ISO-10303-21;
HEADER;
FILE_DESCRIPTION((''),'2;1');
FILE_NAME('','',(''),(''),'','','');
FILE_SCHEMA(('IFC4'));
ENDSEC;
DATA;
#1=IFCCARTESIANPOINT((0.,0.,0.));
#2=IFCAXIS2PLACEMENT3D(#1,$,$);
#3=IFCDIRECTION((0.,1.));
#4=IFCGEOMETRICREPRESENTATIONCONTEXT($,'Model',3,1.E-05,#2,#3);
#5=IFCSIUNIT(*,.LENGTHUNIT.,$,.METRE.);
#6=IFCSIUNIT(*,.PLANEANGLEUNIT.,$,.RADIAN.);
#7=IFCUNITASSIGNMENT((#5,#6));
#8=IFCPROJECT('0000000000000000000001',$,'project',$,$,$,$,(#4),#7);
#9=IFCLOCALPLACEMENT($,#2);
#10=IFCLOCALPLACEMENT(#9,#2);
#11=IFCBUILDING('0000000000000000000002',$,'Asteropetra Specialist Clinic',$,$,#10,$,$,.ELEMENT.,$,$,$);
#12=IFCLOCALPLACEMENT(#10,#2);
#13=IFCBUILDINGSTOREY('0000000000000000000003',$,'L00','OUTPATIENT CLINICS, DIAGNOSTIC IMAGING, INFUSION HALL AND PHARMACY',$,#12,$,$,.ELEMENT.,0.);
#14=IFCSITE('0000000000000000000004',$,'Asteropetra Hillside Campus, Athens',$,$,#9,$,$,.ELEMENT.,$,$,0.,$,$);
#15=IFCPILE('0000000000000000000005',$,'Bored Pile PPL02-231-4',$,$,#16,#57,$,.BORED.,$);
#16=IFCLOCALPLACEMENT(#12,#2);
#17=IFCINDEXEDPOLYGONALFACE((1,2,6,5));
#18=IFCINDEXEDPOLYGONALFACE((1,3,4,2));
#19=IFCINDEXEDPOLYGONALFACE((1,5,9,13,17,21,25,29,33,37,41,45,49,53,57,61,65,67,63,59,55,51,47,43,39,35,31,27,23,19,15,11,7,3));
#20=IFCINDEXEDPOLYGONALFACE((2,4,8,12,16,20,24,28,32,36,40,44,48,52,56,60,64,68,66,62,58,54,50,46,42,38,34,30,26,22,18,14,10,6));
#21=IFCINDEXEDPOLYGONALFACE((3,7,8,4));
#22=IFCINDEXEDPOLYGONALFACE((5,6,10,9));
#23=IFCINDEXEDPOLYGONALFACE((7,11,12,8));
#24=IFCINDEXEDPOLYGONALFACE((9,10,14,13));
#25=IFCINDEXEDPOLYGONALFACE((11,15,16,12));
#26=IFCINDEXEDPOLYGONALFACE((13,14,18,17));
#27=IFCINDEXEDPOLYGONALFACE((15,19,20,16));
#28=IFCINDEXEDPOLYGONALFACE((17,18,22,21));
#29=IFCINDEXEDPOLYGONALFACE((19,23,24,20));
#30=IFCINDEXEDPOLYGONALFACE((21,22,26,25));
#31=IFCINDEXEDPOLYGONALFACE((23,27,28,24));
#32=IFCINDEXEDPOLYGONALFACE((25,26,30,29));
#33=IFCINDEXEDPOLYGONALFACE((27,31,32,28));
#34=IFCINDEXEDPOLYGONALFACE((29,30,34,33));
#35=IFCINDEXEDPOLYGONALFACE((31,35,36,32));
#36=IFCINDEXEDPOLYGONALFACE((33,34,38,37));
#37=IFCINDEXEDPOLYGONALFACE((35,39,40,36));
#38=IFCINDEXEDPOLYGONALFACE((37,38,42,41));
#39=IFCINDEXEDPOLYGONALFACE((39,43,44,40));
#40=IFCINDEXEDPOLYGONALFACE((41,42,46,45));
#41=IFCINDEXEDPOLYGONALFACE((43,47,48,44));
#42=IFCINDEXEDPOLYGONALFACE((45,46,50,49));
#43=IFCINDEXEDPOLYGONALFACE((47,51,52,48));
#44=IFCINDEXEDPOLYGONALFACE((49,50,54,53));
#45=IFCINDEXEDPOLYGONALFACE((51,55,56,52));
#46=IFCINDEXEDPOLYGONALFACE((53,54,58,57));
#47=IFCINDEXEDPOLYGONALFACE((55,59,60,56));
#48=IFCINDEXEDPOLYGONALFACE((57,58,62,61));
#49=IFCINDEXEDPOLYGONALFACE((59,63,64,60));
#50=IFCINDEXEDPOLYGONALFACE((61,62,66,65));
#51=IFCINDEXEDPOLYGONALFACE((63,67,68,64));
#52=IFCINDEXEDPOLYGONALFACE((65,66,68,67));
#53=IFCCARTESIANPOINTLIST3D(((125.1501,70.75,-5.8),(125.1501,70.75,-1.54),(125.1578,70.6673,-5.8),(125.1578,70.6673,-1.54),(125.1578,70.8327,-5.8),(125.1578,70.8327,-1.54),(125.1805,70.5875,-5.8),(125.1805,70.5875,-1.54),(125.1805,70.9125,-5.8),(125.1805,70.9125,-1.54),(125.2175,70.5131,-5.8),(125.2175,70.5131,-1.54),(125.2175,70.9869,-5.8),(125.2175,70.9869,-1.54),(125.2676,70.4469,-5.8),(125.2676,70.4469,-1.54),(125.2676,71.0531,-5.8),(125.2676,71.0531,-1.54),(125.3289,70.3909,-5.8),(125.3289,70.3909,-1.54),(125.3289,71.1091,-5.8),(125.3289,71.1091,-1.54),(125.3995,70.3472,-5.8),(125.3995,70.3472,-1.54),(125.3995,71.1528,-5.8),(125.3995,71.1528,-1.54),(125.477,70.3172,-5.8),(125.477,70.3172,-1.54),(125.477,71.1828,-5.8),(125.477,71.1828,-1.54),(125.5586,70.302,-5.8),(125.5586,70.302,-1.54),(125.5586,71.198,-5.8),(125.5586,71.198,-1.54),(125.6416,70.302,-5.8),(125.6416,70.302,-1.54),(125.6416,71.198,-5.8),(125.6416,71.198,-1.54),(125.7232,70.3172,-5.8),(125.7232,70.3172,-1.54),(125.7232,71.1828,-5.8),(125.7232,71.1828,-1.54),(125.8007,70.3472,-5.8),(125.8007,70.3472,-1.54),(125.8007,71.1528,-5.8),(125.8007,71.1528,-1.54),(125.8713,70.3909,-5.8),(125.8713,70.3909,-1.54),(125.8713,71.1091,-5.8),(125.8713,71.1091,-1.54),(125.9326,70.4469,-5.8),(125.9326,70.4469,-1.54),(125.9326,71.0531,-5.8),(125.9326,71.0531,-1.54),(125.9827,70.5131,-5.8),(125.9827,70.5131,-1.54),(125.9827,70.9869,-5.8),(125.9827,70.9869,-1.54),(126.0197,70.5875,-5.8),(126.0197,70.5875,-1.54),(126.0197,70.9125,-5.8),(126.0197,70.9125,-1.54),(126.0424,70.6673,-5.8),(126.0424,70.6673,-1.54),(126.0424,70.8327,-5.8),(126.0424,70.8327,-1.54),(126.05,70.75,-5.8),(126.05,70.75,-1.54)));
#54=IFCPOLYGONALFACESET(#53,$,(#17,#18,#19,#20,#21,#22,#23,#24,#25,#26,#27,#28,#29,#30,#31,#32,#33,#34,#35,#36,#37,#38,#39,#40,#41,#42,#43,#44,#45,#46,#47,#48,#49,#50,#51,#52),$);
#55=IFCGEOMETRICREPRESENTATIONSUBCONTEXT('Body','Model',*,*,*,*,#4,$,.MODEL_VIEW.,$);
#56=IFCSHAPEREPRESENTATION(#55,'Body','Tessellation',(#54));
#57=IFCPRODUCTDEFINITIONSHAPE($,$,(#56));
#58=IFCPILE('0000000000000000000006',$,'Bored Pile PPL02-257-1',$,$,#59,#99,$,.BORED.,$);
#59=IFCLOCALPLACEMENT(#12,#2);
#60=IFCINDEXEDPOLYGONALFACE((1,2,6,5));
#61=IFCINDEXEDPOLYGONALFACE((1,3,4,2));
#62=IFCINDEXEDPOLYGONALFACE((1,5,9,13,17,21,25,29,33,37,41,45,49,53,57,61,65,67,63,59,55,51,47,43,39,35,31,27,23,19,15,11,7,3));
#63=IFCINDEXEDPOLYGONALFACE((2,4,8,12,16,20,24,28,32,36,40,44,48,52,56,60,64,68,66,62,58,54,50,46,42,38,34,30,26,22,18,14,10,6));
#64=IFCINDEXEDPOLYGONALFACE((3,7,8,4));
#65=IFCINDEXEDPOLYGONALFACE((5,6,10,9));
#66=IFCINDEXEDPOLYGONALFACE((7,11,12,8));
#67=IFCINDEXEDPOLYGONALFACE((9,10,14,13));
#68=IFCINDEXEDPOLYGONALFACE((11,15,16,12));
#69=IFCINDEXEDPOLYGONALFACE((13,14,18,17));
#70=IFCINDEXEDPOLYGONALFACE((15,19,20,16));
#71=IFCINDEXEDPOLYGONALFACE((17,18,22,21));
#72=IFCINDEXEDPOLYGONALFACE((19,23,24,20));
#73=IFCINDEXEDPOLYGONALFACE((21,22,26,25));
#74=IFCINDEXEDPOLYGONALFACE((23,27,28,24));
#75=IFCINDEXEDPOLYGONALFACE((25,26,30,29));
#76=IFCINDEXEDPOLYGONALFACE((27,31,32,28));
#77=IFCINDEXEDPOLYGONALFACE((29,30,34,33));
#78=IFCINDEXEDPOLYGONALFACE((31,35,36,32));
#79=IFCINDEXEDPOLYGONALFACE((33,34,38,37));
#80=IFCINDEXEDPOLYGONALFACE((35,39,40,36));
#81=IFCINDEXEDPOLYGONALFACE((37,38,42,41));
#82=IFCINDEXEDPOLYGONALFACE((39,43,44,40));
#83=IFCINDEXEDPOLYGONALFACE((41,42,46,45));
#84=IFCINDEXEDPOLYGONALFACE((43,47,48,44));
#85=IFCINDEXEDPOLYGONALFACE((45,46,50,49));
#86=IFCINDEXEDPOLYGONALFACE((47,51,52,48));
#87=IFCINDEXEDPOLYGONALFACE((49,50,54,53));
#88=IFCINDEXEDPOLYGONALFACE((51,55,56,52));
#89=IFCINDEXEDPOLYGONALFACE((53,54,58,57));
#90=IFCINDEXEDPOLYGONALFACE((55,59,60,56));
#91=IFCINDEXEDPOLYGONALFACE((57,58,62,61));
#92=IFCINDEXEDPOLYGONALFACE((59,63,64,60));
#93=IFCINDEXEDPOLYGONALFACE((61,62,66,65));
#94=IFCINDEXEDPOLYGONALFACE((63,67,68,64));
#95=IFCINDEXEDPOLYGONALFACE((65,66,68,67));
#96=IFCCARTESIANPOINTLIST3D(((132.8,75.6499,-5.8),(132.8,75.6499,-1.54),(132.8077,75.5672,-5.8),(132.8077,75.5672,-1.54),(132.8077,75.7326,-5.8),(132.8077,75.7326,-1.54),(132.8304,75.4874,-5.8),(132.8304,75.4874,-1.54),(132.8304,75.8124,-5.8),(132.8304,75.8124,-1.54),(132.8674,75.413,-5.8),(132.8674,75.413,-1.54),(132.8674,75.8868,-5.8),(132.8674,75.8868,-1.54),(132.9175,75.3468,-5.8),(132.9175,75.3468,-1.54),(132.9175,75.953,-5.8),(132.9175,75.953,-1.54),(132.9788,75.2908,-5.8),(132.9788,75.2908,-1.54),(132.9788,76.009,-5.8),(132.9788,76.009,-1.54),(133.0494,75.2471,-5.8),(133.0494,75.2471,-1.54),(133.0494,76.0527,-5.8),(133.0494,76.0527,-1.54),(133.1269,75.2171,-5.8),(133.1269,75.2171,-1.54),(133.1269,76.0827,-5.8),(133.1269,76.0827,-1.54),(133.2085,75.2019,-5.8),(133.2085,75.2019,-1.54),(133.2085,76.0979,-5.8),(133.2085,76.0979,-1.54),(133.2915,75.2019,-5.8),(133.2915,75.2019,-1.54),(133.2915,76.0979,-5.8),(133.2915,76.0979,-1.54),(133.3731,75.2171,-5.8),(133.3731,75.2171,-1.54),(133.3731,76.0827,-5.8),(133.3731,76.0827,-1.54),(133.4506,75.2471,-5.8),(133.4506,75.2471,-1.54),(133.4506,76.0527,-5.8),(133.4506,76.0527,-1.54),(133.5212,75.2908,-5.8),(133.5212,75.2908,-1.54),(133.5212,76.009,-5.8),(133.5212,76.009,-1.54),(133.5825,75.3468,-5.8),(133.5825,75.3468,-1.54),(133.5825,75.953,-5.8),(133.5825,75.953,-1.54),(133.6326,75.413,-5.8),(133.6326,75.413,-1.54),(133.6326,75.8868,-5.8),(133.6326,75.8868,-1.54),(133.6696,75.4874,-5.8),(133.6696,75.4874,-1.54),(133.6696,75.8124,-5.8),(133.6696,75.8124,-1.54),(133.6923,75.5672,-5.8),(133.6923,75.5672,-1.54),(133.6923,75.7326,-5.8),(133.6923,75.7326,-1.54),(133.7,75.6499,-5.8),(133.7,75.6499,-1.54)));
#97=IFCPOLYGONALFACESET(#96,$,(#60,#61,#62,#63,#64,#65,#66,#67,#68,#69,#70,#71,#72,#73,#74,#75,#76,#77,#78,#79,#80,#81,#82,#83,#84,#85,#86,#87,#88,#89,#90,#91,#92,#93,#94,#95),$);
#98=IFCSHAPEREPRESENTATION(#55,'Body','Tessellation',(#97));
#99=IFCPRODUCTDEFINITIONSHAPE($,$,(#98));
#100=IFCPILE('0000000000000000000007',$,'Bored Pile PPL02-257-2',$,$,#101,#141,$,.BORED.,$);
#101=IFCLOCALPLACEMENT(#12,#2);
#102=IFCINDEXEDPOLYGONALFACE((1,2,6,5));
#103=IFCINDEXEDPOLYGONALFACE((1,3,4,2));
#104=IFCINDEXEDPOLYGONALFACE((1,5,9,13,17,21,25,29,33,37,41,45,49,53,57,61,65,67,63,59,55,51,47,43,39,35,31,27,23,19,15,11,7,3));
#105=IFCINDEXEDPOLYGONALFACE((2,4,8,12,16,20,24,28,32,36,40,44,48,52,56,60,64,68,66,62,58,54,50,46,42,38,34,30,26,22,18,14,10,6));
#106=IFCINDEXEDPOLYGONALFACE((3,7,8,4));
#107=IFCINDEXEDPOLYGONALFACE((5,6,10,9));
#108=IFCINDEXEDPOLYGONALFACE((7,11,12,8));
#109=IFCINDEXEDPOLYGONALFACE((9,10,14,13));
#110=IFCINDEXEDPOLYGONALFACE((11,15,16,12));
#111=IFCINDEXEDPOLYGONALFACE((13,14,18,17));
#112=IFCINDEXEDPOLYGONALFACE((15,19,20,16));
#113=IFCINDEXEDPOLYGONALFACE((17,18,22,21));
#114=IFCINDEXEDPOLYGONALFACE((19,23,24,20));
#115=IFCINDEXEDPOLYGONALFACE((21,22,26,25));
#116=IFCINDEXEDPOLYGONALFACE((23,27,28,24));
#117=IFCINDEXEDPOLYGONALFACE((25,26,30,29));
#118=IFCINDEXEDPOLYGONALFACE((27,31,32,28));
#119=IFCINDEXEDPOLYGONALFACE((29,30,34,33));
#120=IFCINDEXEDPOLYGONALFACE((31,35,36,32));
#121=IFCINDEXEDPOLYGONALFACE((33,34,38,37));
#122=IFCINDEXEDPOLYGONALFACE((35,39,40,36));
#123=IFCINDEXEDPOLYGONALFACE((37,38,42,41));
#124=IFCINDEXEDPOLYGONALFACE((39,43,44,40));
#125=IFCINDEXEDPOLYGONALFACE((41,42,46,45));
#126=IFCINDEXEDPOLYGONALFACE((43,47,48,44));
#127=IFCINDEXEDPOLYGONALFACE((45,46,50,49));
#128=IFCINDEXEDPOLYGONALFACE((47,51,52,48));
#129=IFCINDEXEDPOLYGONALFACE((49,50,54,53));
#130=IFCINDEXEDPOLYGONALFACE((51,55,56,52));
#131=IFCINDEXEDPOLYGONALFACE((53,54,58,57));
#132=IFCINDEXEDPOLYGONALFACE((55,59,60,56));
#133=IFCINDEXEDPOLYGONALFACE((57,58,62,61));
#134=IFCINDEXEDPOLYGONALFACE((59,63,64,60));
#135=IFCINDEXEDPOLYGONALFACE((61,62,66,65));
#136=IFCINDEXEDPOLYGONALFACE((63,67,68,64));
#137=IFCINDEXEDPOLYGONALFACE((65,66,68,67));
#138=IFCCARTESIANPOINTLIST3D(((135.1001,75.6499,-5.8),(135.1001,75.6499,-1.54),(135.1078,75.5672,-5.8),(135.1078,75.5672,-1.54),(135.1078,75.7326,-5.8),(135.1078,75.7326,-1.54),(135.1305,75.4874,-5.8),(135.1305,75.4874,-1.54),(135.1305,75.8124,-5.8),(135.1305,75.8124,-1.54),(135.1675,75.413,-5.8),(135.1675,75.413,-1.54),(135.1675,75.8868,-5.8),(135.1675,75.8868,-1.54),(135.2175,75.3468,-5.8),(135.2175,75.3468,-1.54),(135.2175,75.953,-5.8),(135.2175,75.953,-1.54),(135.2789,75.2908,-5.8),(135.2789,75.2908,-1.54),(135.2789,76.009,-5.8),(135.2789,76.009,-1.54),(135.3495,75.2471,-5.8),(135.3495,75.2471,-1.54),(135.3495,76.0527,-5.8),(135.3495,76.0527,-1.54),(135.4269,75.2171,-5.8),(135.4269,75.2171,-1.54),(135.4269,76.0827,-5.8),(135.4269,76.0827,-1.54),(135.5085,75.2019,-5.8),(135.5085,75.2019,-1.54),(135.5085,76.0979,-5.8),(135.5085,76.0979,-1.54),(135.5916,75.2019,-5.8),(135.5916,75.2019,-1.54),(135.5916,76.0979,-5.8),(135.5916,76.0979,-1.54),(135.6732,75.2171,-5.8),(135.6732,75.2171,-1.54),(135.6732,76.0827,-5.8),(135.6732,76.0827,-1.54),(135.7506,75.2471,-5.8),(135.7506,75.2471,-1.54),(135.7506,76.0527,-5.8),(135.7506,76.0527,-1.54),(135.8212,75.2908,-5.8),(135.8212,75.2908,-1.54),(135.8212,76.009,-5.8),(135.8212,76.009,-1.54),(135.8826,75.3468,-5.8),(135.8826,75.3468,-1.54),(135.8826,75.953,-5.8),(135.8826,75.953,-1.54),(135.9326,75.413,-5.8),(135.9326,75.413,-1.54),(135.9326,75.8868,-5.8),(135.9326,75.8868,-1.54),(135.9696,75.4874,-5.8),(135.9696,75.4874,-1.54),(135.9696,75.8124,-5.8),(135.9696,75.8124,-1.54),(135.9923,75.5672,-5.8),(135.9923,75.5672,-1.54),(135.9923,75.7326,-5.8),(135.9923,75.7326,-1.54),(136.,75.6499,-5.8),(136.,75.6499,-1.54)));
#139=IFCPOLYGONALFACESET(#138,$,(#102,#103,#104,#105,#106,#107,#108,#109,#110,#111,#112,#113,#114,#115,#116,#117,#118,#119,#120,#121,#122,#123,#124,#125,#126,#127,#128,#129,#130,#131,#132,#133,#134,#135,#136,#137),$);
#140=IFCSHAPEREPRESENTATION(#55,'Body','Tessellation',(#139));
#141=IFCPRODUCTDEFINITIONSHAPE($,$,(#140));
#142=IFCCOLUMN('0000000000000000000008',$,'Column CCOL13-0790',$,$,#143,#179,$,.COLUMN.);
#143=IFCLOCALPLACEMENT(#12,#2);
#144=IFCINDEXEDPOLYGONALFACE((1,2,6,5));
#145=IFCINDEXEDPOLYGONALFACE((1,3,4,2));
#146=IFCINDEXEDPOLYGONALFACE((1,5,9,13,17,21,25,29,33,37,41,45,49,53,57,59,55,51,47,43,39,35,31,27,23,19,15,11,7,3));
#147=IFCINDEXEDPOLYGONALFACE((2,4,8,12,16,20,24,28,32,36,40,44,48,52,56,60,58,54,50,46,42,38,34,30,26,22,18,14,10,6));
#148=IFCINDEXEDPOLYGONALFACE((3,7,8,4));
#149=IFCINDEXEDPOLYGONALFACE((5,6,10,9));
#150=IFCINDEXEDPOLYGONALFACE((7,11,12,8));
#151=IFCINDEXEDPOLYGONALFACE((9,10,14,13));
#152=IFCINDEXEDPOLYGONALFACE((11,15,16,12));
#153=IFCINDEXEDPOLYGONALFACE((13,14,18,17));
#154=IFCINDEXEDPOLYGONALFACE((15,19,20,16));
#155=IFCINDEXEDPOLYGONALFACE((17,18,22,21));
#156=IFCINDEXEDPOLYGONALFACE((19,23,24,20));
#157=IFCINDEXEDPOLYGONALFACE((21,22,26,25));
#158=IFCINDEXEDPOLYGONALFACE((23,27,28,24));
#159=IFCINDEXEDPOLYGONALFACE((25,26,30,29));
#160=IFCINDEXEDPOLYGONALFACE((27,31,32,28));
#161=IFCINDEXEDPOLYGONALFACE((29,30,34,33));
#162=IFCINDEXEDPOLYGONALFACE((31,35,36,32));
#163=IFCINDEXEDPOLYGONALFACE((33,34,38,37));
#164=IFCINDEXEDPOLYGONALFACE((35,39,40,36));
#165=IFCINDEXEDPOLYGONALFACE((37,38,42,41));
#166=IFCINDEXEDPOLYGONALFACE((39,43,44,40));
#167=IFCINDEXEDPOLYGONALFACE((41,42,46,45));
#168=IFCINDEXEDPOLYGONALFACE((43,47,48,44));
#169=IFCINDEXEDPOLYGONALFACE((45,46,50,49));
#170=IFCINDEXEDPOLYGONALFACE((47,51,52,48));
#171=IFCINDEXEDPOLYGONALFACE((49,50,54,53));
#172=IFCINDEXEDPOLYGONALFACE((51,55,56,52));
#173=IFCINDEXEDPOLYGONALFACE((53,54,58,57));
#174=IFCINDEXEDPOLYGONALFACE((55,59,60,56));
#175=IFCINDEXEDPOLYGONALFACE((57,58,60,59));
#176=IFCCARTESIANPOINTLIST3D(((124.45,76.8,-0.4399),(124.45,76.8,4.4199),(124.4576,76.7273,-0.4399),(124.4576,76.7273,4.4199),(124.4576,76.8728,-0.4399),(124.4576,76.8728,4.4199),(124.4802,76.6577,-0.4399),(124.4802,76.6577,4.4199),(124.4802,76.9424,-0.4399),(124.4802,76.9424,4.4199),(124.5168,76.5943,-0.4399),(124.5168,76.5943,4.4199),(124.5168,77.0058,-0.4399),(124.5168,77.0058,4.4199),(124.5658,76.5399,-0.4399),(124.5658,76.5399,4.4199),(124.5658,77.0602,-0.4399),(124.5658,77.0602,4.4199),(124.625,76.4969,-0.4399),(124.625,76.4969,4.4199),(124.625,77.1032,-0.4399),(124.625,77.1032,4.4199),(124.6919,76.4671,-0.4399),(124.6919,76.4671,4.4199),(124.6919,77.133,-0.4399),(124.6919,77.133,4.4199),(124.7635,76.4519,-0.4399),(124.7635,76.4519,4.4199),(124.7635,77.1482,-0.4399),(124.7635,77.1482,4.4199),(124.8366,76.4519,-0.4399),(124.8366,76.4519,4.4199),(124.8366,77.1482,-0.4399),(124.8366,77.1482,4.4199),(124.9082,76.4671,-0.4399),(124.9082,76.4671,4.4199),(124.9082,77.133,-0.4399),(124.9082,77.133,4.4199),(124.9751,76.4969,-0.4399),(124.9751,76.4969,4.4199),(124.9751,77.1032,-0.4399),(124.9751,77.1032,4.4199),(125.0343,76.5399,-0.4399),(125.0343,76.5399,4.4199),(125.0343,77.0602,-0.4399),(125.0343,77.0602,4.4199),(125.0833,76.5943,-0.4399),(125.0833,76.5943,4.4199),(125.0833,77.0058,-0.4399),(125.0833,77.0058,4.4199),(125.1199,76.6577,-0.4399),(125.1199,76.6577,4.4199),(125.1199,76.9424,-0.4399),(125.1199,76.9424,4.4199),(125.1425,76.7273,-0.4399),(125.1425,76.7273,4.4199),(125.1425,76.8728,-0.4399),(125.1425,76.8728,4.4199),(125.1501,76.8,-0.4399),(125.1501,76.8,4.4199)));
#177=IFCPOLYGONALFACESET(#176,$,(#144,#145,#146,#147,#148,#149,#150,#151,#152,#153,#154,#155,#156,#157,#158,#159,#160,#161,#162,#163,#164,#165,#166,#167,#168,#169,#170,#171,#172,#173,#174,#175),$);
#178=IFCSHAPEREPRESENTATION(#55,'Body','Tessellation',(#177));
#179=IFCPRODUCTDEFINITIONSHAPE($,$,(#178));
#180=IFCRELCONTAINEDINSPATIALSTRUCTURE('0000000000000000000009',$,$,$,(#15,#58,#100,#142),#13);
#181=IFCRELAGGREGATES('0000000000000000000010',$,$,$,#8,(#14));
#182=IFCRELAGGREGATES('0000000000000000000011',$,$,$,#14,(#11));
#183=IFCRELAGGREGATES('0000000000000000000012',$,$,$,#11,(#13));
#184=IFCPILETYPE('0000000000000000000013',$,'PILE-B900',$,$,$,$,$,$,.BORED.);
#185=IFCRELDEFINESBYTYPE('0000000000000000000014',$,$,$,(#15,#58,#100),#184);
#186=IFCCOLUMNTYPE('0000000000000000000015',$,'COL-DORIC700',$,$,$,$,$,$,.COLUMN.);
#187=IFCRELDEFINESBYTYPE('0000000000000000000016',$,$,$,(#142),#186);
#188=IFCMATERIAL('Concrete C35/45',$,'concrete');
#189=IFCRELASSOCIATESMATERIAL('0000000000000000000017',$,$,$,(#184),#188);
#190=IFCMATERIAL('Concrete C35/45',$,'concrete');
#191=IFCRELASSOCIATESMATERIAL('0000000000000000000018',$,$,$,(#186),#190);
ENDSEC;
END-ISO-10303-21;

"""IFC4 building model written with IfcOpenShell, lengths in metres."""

from ifc_helpers import new_model, si_unit, direction, frame, origin, origin_2d, place, context, subcontext, project, spatial, circle, extrude, material, material_profile, profile_set, type_object, element, save


model = new_model("IFC4")

# Units and contexts
model_context = context("Model", 3, precision=1e-05, world=origin(), true_north=direction((0.0, 1.0)))
body_context = subcontext(model_context, "Body", "Model", "MODEL_VIEW")
ifc_project = project(units=[si_unit("LENGTHUNIT", "METRE"), si_unit("PLANEANGLEUNIT", "RADIAN")], contexts=[model_context])

# Site, building, storey
site_placement = place(None, origin())
site = spatial("IfcSite", under=ifc_project, at=site_placement, Name="Asteropetra Hillside Campus, Athens", CompositionType="ELEMENT", RefElevation=0.0)
building_placement = place(site_placement, origin())
building = spatial("IfcBuilding", under=site, at=building_placement, Name="Asteropetra Specialist Clinic", CompositionType="ELEMENT")
storey_placement = place(building_placement, origin())
storey = spatial("IfcBuildingStorey", under=building, at=storey_placement, Name="L00", Description="OUTPATIENT CLINICS, DIAGNOSTIC IMAGING, INFUSION HALL AND PHARMACY", CompositionType="ELEMENT", Elevation=0.0)

# Piles
ifc_material_1 = material(Name="Concrete C35/45", Category="concrete")
ifc_material_profile_1 = material_profile(ifc_material_1, circle(Radius=0.45, at=origin_2d()), Name="PILE D900")
ifc_profile_set_1 = profile_set([ifc_material_profile_1], Name="Concrete C35/45")
pile_type_1 = type_object("IfcPileType", Name="PILE-B900", PredefinedType="BORED", material=ifc_profile_set_1)
for number, where, z_axis, x_axis, name in (
    (1, (125.6001, 70.75, -1.54), (0.0, 0.0, -1.0), (1.0, 0.0, 0.0), "Bored Pile PPL02-231-4"),
    (2, (133.25, 75.6499, -1.54), (0.0, 0.0, -1.0), (1.0, 0.0, 0.0), "Bored Pile PPL02-257-1"),
    (3, (135.55, 75.6499, -1.54), (0.0, 0.0, -1.0), (1.0, 0.0, 0.0), "Bored Pile PPL02-257-2"),
):
    element("IfcPile", number, at=place(storey_placement, frame(where, z_axis=z_axis, x_axis=x_axis)), inside=storey, type_object=pile_type_1, Name=name, PredefinedType="BORED", context=body_context, shape_type="SweptSolid", body=[
        extrude(circle(Radius=0.45, at=origin_2d()), origin(), (0.0, 0.0, 1.0), 4.26),
    ])

# Column
ifc_material_2 = material(Name="Concrete C35/45", Category="concrete")
ifc_material_profile_2 = material_profile(ifc_material_2, circle(Radius=0.3501, at=origin_2d()), Name="RCC D700")
ifc_profile_set_2 = profile_set([ifc_material_profile_2], Name="Concrete C35/45")
column_type = type_object("IfcColumnType", Name="COL-DORIC700", PredefinedType="COLUMN", material=ifc_profile_set_2)
for number, where, z_axis, x_axis, name in (
    (4, (124.8, 76.8, -0.4399), (0.0, 0.0, 1.0), (1.0, 0.0, 0.0), "Column CCOL13-0790"),
):
    element("IfcColumn", number, at=place(storey_placement, frame(where, z_axis=z_axis, x_axis=x_axis)), inside=storey, type_object=column_type, Name=name, PredefinedType="COLUMN", context=body_context, shape_type="SweptSolid", body=[
        extrude(circle(Radius=0.3501, at=origin_2d()), origin(), (0.0, 0.0, 1.0), 4.8599),
    ])

save(model, "model.ifc")
